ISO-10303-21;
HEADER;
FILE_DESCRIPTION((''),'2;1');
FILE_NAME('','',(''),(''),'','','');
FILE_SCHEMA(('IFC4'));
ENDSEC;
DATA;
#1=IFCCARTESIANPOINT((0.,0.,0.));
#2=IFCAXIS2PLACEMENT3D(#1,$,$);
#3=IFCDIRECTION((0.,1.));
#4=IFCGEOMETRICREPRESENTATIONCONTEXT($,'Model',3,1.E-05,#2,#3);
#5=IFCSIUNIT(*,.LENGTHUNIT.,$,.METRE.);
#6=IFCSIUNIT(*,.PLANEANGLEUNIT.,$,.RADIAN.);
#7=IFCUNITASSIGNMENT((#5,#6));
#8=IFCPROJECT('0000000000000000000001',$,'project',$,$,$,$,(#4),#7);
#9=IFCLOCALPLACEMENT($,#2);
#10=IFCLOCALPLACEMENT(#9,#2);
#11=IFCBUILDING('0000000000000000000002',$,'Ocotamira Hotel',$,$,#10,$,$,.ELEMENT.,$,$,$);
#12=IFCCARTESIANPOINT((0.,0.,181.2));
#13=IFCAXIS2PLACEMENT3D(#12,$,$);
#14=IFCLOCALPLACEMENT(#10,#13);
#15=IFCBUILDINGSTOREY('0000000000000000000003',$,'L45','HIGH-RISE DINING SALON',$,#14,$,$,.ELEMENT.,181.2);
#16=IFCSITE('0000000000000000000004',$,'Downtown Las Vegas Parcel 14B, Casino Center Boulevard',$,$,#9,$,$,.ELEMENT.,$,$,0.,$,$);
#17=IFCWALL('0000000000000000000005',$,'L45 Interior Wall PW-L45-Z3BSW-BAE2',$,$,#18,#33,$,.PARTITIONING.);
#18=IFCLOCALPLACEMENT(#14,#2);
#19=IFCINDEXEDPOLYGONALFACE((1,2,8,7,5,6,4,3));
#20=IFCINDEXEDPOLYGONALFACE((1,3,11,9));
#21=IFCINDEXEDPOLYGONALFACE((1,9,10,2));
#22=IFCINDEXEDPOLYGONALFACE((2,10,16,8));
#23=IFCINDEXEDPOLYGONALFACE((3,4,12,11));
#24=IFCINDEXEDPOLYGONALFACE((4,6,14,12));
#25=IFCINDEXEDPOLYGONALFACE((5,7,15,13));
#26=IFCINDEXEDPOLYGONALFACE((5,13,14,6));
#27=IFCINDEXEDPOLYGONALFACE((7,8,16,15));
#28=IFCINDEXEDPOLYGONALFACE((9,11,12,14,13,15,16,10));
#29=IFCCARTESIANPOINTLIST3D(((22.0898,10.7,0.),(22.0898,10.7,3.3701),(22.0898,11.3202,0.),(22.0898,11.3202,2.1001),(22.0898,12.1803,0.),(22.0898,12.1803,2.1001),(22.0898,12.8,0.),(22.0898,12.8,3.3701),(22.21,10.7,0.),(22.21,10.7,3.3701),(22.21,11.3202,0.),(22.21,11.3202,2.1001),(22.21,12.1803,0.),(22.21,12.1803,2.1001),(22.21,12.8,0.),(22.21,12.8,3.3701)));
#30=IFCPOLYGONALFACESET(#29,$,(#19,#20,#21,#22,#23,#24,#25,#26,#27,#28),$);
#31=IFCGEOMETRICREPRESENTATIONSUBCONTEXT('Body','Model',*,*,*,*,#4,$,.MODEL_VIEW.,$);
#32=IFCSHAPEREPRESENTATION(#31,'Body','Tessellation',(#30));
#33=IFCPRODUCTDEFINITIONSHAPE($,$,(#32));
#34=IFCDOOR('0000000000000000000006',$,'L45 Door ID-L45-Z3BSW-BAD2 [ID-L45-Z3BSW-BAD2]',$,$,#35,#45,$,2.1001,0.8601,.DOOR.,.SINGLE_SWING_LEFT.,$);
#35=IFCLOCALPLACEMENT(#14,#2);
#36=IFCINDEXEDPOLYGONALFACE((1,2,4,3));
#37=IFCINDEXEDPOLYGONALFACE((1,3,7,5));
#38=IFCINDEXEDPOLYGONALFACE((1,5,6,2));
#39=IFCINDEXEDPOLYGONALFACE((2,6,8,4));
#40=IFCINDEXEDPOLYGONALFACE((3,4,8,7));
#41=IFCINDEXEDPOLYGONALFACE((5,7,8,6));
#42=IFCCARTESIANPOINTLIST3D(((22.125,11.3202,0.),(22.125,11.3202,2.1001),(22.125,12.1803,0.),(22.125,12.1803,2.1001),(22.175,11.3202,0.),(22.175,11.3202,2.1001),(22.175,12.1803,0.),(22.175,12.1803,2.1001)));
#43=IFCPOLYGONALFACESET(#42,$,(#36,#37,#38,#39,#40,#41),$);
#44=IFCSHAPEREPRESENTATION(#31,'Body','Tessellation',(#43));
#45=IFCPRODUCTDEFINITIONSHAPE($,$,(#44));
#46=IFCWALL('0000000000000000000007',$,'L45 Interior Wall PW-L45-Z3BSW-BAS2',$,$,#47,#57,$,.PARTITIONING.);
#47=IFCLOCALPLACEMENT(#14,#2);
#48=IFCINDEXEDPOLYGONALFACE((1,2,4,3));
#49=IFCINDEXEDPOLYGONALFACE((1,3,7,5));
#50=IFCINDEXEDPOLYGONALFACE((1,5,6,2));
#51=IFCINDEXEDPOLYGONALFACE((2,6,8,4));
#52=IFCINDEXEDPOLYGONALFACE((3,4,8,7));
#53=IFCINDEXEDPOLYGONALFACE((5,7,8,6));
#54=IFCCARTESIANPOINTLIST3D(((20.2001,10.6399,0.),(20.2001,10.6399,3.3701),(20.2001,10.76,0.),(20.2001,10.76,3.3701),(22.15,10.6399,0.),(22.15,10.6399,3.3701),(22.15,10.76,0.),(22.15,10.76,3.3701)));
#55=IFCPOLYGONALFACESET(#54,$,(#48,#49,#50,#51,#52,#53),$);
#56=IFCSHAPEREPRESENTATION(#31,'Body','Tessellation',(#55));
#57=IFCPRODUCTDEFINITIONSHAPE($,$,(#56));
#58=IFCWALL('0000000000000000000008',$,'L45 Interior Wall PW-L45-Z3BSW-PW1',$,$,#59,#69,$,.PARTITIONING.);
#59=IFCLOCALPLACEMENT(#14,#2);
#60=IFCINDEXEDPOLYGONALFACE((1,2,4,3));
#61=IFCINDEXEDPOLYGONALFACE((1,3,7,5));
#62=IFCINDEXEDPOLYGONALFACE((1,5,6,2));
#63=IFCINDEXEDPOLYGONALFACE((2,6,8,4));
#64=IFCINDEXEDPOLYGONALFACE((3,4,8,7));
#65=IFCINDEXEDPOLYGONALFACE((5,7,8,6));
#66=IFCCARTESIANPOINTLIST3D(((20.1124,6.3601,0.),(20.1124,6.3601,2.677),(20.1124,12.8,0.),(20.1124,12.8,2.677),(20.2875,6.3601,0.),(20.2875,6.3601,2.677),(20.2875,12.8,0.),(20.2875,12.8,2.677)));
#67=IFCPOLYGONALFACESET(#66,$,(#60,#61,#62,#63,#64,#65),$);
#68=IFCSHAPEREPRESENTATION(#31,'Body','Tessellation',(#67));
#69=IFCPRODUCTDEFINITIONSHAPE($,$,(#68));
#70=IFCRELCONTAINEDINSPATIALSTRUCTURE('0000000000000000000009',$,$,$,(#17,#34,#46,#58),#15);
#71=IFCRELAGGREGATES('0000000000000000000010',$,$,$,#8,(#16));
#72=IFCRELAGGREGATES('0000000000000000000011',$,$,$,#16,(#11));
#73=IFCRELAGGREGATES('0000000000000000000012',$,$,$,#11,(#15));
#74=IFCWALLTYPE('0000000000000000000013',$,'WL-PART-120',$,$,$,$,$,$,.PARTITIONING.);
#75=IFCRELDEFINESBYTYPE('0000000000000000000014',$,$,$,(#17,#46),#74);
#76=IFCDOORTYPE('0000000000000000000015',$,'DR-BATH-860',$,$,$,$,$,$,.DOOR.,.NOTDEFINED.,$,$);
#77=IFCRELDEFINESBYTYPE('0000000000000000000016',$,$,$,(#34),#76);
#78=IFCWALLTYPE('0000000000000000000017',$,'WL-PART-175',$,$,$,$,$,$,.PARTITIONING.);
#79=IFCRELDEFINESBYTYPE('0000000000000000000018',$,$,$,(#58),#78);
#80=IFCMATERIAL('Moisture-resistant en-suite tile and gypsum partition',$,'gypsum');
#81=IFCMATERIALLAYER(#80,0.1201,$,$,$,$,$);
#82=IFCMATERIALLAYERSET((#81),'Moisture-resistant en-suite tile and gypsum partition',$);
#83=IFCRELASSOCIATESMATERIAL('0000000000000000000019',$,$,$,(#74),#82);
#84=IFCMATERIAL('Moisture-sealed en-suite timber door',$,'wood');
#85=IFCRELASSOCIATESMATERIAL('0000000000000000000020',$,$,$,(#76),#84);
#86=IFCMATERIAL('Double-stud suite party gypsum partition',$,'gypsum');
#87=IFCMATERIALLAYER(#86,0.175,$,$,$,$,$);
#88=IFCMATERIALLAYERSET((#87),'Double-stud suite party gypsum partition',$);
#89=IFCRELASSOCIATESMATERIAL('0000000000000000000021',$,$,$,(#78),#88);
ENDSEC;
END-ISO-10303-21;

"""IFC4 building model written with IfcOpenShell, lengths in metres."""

from ifc_helpers import new_model, si_unit, direction, frame, frame_2d, origin, place, context, subcontext, project, spatial, rectangle, extrude, source, transform, mapped, material, layer, layer_set, type_object, element, fill, save


model = new_model("IFC4")

# Units and contexts
model_context = context("Model", 3, precision=1e-05, world=origin(), true_north=direction((0.0, 1.0)))
body_context = subcontext(model_context, "Body", "Model", "MODEL_VIEW")
ifc_project = project(units=[si_unit("LENGTHUNIT", "METRE"), si_unit("PLANEANGLEUNIT", "RADIAN")], contexts=[model_context])

# Site, building, storey
site_placement = place(None, origin())
site = spatial("IfcSite", under=ifc_project, at=site_placement, Name="Downtown Las Vegas Parcel 14B, Casino Center Boulevard", CompositionType="ELEMENT", RefElevation=0.0)
building_placement = place(site_placement, origin())
building = spatial("IfcBuilding", under=site, at=building_placement, Name="Ocotamira Hotel", CompositionType="ELEMENT")
storey_placement = place(building_placement, frame((0.0, 0.0, 181.2)))
storey = spatial("IfcBuildingStorey", under=building, at=storey_placement, Name="L45", Description="HIGH-RISE DINING SALON", CompositionType="ELEMENT", Elevation=181.2)

# Shared definitions
ifc_material_1 = material(Name="Moisture-resistant en-suite tile and gypsum partition", Category="gypsum")
ifc_layer_1 = layer(ifc_material_1, 0.1201)
ifc_layer_set_1 = layer_set([ifc_layer_1], Name="Moisture-resistant en-suite tile and gypsum partition")
wall_type_1 = type_object("IfcWallType", Name="WL-PART-120", PredefinedType="PARTITIONING", material=ifc_layer_set_1)
ifc_material_2 = material(Name="Moisture-sealed en-suite timber door", Category="wood")
door_type = type_object("IfcDoorType", Name="DR-BATH-860", OperationType="NOTDEFINED", PredefinedType="DOOR", material=ifc_material_2)
shared_shape_1 = source(origin(), body_context, "Body", "SweptSolid", [
    extrude(rectangle(XDim=0.8601, YDim=2.1001, at=frame_2d((0.4302, 1.05))), frame((0.0, 0.0249, 0.0), z_axis=(0.0, -1.0, 0.0), x_axis=(1.0, 0.0, 0.0)), (0.0, 0.0, 1.0), 0.05),
])

# Wall, opening, door
wall_1_placement = place(storey_placement, frame((22.1499, 10.7, 0.0), z_axis=(0.0, 0.0, 1.0), x_axis=(0.0, 1.0, 0.0)))
wall_1 = element("IfcWall", 1, at=wall_1_placement, inside=storey, type_object=wall_type_1, Name="L45 Interior Wall PW-L45-Z3BSW-BAE2", PredefinedType="PARTITIONING", context=body_context, shape_type="SweptSolid", body=[
    extrude(rectangle(XDim=2.1001, YDim=0.1201, at=frame_2d((1.05, 0.0))), origin(), (0.0, 0.0, 1.0), 3.3701),
])
opening_1_placement = place(wall_1_placement, frame((0.6201, 0.0, 0.0)))
opening_1 = element("IfcOpeningElement", 2, at=opening_1_placement, cuts=wall_1, PredefinedType="OPENING", context=body_context, shape_type="SweptSolid", body=[
    extrude(rectangle(XDim=0.8601, YDim=2.1001, at=frame_2d((0.4302, 1.05))), frame((0.0, 0.0701, 0.0), z_axis=(0.0, -1.0, 0.0), x_axis=(1.0, 0.0, 0.0)), (0.0, 0.0, 1.0), 0.1401),
])
door_1_placement = place(opening_1_placement, origin())
door_1 = element("IfcDoor", 3, at=door_1_placement, inside=storey, type_object=door_type, Name="L45 Door ID-L45-Z3BSW-BAD2 [ID-L45-Z3BSW-BAD2]", OperationType="SINGLE_SWING_LEFT", OverallHeight=2.1001, OverallWidth=0.8601, PredefinedType="DOOR", context=body_context, shape_type="MappedRepresentation", body=[
    mapped(shared_shape_1, transform((0.0, 0.0, 0.0), scale=1.0)),
])
fill(opening_1, door_1)

# Walls
wall_2_placement = place(storey_placement, frame((20.2, 10.7, 0.0), z_axis=(0.0, 0.0, 1.0), x_axis=(1.0, 0.0, 0.0)))
element("IfcWall", 4, at=wall_2_placement, inside=storey, type_object=wall_type_1, Name="L45 Interior Wall PW-L45-Z3BSW-BAS2", PredefinedType="PARTITIONING", context=body_context, shape_type="SweptSolid", body=[
    extrude(rectangle(XDim=1.95, YDim=0.1201, at=frame_2d((0.9751, 0.0))), origin(), (0.0, 0.0, 1.0), 3.3701),
])
ifc_material_3 = material(Name="Double-stud suite party gypsum partition", Category="gypsum")
ifc_layer_2 = layer(ifc_material_3, 0.175)
ifc_layer_set_2 = layer_set([ifc_layer_2], Name="Double-stud suite party gypsum partition")
wall_type_2 = type_object("IfcWallType", Name="WL-PART-175", PredefinedType="PARTITIONING", material=ifc_layer_set_2)
wall_3_placement = place(storey_placement, frame((20.2, 6.3601, 0.0), z_axis=(0.0, 0.0, 1.0), x_axis=(0.0, 1.0, 0.0)))
element("IfcWall", 5, at=wall_3_placement, inside=storey, type_object=wall_type_2, Name="L45 Interior Wall PW-L45-Z3BSW-PW1", PredefinedType="PARTITIONING", context=body_context, shape_type="SweptSolid", body=[
    extrude(rectangle(XDim=6.4399, YDim=0.175, at=frame_2d((3.22, 0.0))), origin(), (0.0, 0.0, 1.0), 2.677),
])

save(model, "model.ifc")
